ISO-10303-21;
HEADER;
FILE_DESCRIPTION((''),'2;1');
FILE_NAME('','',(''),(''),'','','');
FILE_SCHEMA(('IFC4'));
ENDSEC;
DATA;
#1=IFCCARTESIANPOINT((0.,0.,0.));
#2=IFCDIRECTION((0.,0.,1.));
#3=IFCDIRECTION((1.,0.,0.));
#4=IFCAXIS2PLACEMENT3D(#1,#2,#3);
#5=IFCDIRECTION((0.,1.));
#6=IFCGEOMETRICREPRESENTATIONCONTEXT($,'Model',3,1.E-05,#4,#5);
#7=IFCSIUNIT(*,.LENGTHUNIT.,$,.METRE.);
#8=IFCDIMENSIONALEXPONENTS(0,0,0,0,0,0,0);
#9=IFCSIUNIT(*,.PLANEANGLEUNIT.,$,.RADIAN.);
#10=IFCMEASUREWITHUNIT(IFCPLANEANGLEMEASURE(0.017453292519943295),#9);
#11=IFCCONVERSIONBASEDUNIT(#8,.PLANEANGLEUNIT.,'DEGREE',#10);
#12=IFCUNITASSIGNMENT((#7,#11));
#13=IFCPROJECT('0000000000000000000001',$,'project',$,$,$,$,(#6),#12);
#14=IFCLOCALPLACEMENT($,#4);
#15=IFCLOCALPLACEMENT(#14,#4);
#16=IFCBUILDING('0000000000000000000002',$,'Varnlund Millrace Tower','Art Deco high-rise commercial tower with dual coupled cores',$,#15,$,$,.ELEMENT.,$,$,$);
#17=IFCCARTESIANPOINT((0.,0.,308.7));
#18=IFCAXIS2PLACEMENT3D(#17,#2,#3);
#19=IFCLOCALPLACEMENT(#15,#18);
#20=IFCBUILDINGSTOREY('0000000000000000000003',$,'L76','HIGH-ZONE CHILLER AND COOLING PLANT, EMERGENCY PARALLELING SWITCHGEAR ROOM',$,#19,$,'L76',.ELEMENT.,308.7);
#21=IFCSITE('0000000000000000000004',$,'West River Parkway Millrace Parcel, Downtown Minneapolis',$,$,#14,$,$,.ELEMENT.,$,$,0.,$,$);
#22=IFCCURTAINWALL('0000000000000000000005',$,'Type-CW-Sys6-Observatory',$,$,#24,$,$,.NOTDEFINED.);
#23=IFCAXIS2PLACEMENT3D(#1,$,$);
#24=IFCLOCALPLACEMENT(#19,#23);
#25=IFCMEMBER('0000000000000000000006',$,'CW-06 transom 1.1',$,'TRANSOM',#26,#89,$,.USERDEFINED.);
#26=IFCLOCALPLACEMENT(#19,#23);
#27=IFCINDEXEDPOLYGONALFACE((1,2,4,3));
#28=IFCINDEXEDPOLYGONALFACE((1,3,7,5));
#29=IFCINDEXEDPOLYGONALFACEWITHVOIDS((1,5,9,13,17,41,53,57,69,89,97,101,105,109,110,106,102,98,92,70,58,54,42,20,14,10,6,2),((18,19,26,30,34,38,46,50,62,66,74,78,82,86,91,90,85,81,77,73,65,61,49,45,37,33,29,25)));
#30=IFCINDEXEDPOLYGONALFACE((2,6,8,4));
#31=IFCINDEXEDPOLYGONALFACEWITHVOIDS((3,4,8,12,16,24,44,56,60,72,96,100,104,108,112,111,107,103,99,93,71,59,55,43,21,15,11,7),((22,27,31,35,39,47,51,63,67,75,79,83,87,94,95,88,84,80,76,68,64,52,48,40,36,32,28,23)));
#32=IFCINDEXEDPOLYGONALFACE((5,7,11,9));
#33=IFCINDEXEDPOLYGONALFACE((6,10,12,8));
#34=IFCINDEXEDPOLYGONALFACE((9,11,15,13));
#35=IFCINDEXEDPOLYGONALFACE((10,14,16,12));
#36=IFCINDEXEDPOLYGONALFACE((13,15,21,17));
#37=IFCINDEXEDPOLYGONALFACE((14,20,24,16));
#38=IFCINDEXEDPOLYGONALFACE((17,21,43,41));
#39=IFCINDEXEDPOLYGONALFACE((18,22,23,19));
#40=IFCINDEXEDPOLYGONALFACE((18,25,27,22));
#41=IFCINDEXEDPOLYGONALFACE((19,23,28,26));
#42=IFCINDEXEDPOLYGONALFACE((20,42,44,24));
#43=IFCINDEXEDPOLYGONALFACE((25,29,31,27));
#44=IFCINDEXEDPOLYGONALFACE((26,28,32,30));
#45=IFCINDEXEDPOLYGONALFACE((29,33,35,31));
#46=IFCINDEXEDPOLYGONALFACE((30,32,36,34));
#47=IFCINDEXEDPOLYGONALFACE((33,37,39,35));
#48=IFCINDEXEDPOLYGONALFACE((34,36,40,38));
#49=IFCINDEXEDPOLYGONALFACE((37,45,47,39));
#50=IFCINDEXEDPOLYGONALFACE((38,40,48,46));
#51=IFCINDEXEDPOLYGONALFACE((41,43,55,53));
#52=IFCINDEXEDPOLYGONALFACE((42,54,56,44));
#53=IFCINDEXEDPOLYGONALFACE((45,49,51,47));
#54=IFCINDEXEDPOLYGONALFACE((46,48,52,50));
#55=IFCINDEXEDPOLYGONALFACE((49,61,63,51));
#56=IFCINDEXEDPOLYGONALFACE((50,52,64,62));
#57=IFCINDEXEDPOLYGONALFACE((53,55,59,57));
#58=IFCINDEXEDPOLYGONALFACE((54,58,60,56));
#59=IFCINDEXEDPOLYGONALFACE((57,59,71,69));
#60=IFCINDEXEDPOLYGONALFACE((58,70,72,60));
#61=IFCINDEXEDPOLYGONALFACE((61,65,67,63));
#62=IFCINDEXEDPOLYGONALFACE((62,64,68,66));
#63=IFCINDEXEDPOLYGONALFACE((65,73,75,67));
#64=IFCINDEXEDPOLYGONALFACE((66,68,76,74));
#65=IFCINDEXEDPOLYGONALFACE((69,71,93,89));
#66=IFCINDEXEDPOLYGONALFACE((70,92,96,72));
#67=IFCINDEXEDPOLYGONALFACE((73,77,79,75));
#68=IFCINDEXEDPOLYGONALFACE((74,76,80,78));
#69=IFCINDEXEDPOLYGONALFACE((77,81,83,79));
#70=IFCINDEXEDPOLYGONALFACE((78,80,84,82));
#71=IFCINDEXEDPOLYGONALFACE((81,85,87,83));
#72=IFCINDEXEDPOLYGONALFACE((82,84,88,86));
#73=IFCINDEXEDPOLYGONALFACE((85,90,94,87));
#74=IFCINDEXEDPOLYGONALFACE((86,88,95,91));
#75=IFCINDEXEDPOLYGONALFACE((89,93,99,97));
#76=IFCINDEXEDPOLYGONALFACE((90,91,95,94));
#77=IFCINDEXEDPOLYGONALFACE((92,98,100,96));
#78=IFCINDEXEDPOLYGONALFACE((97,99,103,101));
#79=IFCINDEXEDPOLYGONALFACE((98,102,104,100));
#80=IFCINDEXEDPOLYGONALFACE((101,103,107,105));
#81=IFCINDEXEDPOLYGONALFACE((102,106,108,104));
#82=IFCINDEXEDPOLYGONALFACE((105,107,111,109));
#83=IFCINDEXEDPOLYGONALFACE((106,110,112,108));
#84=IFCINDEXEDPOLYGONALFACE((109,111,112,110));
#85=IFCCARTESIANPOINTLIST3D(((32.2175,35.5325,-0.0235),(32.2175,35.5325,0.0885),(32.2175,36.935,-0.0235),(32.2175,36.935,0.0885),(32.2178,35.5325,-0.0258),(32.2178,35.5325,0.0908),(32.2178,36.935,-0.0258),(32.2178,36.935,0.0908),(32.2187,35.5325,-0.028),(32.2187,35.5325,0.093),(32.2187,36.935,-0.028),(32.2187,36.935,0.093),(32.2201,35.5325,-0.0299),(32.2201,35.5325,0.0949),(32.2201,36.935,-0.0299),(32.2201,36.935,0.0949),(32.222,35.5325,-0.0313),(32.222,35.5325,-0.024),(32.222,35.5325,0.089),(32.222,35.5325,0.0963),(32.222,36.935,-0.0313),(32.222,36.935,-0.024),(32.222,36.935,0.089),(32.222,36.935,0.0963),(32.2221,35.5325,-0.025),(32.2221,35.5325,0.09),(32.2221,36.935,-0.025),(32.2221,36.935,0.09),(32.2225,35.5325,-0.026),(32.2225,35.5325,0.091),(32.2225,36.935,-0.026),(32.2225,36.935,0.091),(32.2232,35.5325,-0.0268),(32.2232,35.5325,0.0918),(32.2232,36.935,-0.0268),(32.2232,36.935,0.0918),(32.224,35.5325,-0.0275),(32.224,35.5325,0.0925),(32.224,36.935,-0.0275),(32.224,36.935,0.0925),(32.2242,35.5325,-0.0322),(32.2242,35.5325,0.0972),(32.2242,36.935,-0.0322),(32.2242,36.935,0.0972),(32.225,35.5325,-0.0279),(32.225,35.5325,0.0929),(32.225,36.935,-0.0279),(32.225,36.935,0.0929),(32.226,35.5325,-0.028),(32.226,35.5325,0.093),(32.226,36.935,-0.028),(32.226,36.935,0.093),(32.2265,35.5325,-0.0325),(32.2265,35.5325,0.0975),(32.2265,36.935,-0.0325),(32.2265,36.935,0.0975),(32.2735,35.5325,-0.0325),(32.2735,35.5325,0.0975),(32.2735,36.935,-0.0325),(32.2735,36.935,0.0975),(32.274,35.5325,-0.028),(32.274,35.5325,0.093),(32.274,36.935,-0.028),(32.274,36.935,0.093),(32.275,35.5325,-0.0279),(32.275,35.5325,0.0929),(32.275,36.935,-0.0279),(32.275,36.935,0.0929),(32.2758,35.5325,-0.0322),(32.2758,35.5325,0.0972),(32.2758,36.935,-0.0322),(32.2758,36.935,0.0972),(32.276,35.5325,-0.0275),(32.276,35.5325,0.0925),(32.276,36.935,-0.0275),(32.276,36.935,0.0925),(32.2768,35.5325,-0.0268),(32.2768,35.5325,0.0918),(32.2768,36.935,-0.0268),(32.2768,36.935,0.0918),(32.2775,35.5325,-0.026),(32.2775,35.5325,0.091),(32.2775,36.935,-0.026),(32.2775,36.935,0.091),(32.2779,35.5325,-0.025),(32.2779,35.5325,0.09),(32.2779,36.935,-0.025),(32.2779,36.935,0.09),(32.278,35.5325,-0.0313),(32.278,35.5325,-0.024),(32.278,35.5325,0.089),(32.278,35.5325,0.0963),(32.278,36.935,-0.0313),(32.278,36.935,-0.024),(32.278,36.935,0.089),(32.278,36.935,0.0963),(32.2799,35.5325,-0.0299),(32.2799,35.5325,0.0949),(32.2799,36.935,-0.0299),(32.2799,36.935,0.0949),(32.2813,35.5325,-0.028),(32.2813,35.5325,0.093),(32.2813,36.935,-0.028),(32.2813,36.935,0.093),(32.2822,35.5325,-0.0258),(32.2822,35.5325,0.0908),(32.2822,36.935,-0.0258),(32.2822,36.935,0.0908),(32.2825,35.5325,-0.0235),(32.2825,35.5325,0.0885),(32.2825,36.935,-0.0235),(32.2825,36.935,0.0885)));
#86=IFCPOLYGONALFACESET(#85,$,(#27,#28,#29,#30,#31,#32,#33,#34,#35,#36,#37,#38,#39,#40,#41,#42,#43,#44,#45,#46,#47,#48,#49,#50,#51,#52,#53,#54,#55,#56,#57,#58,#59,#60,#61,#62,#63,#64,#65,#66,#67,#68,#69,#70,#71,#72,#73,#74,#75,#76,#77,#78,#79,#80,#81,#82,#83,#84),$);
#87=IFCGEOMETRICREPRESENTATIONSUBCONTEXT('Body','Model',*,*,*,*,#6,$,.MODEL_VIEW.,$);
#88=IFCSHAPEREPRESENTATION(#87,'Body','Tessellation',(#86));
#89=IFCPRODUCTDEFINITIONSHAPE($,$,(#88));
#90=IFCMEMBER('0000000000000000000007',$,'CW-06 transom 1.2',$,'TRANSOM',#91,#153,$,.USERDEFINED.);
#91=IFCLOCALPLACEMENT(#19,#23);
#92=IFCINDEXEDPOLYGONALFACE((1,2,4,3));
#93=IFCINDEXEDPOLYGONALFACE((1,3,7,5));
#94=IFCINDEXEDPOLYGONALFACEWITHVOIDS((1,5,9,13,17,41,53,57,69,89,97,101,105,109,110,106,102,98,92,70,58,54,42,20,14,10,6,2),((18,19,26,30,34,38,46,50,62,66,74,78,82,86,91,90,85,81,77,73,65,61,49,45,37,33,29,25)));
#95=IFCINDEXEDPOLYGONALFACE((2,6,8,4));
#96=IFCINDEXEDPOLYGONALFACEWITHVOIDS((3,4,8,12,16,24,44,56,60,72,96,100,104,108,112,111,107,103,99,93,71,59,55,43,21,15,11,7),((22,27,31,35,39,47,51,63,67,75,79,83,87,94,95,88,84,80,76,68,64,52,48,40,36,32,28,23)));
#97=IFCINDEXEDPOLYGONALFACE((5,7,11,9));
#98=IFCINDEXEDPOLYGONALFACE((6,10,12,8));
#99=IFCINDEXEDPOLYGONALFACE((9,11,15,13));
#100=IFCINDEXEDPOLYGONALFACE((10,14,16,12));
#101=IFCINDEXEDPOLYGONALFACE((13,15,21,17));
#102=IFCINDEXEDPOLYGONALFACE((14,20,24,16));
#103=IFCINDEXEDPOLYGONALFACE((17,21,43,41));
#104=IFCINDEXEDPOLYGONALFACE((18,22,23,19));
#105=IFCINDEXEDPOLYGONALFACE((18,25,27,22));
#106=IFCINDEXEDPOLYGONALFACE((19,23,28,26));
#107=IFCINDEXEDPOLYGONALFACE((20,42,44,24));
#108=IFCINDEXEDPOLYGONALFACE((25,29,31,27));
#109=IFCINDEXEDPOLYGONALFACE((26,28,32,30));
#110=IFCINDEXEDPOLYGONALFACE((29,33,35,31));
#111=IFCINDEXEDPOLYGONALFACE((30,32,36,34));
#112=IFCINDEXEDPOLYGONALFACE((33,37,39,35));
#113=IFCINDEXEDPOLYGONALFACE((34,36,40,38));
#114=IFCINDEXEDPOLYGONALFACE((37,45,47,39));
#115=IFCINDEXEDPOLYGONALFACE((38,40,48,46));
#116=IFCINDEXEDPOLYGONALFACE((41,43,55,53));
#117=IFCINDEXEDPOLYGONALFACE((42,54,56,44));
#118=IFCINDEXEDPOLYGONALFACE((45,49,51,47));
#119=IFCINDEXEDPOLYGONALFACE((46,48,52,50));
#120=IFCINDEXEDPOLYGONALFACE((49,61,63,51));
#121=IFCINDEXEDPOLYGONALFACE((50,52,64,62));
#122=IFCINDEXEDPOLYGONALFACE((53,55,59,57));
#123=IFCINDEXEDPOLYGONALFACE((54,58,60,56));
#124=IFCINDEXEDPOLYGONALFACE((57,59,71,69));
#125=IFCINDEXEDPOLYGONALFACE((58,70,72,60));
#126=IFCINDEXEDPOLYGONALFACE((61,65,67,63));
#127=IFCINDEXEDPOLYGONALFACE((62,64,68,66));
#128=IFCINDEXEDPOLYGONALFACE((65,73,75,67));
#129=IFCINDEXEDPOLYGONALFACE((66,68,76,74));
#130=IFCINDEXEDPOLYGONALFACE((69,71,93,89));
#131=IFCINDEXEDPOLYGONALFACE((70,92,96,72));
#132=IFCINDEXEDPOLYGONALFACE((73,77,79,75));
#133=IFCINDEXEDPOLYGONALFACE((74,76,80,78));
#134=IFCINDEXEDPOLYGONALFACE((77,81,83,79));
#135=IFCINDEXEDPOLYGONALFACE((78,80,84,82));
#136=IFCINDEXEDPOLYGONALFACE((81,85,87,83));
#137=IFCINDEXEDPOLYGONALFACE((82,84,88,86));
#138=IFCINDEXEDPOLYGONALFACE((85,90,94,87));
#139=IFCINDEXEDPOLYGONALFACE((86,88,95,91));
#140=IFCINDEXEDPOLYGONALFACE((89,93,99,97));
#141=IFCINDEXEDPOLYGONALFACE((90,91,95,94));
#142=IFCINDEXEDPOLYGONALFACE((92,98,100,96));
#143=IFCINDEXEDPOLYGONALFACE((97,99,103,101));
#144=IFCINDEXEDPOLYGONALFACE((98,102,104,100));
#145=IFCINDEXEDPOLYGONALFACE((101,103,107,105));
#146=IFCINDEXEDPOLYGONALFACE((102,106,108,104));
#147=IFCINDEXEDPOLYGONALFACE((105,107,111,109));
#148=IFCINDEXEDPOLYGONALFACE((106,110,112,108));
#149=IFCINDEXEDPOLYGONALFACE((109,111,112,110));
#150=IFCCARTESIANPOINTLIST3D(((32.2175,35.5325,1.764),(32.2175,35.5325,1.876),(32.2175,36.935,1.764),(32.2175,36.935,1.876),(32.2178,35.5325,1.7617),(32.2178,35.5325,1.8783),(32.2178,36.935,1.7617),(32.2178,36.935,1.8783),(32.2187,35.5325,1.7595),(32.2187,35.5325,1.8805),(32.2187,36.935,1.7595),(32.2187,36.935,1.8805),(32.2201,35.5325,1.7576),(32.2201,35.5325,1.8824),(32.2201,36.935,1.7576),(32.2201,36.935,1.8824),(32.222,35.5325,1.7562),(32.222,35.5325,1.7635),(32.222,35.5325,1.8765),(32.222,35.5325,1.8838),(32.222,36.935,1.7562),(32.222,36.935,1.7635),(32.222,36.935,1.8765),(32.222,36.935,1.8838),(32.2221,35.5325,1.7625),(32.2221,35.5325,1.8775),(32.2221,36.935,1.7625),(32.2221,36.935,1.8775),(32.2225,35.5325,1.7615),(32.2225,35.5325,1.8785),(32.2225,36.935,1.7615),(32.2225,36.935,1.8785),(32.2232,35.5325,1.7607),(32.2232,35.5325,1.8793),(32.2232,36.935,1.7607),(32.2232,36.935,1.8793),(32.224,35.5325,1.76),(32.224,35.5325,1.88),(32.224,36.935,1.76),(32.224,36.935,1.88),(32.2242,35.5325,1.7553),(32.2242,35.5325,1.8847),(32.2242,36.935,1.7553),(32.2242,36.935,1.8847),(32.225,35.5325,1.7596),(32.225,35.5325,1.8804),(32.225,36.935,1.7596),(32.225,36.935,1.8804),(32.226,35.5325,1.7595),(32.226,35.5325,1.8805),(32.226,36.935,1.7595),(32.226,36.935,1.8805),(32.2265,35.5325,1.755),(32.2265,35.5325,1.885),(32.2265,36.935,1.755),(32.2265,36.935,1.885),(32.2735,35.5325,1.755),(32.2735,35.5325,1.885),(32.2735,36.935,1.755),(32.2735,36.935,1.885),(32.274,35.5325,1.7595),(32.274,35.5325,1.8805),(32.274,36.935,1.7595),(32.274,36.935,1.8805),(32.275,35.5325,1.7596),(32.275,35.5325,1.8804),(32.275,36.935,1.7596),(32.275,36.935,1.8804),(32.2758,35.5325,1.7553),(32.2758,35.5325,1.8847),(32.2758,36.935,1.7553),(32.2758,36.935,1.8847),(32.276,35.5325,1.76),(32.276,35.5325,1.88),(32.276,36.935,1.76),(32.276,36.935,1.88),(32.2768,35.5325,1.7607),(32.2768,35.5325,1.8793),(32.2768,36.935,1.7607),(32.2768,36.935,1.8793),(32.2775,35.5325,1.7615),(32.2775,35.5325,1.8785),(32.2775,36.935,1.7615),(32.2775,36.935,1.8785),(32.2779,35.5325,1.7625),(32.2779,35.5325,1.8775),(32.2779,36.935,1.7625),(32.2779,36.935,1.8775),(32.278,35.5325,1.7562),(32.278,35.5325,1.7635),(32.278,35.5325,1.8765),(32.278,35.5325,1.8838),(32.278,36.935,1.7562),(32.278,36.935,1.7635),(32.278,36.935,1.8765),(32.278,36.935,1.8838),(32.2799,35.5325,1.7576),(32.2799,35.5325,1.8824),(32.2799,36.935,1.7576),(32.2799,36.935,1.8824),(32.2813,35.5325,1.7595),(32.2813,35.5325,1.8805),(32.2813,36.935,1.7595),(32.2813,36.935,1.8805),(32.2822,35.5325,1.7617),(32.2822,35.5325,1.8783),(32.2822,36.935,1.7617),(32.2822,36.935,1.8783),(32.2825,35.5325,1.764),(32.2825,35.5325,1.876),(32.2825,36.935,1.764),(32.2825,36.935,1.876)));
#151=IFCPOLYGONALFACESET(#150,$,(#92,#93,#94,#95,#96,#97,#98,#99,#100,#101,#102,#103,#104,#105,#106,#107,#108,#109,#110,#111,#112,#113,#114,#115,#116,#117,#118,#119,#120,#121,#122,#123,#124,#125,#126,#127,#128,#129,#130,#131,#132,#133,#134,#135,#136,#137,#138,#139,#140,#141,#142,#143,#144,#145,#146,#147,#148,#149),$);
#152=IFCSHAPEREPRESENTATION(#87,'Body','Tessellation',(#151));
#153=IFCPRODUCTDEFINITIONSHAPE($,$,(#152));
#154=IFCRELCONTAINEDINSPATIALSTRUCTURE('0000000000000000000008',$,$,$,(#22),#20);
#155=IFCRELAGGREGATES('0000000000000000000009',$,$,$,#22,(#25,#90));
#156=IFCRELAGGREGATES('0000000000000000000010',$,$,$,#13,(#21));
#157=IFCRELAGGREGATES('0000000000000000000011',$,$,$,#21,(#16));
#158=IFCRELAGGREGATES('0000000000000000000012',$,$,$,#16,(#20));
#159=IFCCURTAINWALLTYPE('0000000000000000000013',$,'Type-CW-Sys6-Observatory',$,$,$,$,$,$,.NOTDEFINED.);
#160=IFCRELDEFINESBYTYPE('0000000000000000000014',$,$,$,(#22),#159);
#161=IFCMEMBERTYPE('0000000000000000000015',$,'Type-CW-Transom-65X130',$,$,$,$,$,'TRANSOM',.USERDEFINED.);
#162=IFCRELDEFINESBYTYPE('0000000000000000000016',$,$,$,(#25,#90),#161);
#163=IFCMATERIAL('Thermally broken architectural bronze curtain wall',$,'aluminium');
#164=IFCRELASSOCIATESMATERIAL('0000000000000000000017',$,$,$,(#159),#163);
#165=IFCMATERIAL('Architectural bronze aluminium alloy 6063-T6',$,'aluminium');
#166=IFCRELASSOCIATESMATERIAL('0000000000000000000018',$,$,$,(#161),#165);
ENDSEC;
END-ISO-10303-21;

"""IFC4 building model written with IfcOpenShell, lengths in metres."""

from ifc_helpers import new_model, entity, si_unit, converted_unit, direction, frame, origin_with_axes, origin_2d_with_axis, place, context, subcontext, project, spatial, hollow_rectangle, extrude, material, material_profile, profile_set, type_object, element, aggregate, save


model = new_model("IFC4")

# Units and contexts
model_context = context("Model", 3, precision=1e-05, world=origin_with_axes(), true_north=direction((0.0, 1.0)))
body_context = subcontext(model_context, "Body", "Model", "MODEL_VIEW")
ifc_project = project(units=[si_unit("LENGTHUNIT", "METRE"), converted_unit("PLANEANGLEUNIT", "DEGREE", entity("IfcPlaneAngleMeasure", 0.017453292519943295), si_unit("PLANEANGLEUNIT", "RADIAN"), dimensions=[0, 0, 0, 0, 0, 0, 0])], contexts=[model_context])

# Site, building, storey
site_placement = place(None, origin_with_axes())
site = spatial("IfcSite", under=ifc_project, at=site_placement, Name="West River Parkway Millrace Parcel, Downtown Minneapolis", CompositionType="ELEMENT", RefElevation=0.0)
building_placement = place(site_placement, origin_with_axes())
building = spatial("IfcBuilding", under=site, at=building_placement, Name="Varnlund Millrace Tower", Description="Art Deco high-rise commercial tower with dual coupled cores", CompositionType="ELEMENT")
storey_placement = place(building_placement, frame((0.0, 0.0, 308.7), z_axis=(0.0, 0.0, 1.0), x_axis=(1.0, 0.0, 0.0)))
storey = spatial("IfcBuildingStorey", under=building, at=storey_placement, Name="L76", Description="HIGH-ZONE CHILLER AND COOLING PLANT, EMERGENCY PARALLELING SWITCHGEAR ROOM", LongName="L76", CompositionType="ELEMENT", Elevation=308.7)

# Curtain wall, members
ifc_material_1 = material(Name="Thermally broken architectural bronze curtain wall", Category="aluminium")
curtain_wall_type = type_object("IfcCurtainWallType", Name="Type-CW-Sys6-Observatory", PredefinedType="NOTDEFINED", material=ifc_material_1)
curtain_wall_1_placement = place(storey_placement, frame((32.25, 37.0, 0.0), z_axis=(0.0, 0.0, 1.0), x_axis=(1.0, 0.0, 0.0)))
curtain_wall_1 = element("IfcCurtainWall", 1, at=curtain_wall_1_placement, inside=storey, type_object=curtain_wall_type, Name="Type-CW-Sys6-Observatory", PredefinedType="NOTDEFINED")
ifc_material_2 = material(Name="Architectural bronze aluminium alloy 6063-T6", Category="aluminium")
ifc_material_profile_1 = material_profile(ifc_material_2, hollow_rectangle(XDim=0.065, YDim=0.13, WallThickness=0.0045, InnerFilletRadius=0.004, OuterFilletRadius=0.009, at=origin_2d_with_axis()), Name="Architectural bronze aluminium alloy 6063-T6")
ifc_profile_set_1 = profile_set([ifc_material_profile_1], Name="Architectural bronze aluminium alloy 6063-T6")
member_type = type_object("IfcMemberType", Name="Type-CW-Transom-65X130", ElementType="TRANSOM", PredefinedType="USERDEFINED", material=ifc_profile_set_1)
member_1_placement = place(storey_placement, frame((32.25, 36.935, 0.0325), z_axis=(0.0, -1.0, 0.0), x_axis=(1.0, 0.0, 0.0)))
member_1 = element("IfcMember", 2, at=member_1_placement, type_object=member_type, Name="CW-06 transom 1.1", ObjectType="TRANSOM", PredefinedType="USERDEFINED", context=body_context, shape_type="SweptSolid", body=[
    extrude(hollow_rectangle(XDim=0.065, YDim=0.13, WallThickness=0.0045, InnerFilletRadius=0.004, OuterFilletRadius=0.009, at=origin_2d_with_axis()), origin_with_axes(), (0.0, 0.0, 1.0), 1.4025),
])
member_2_placement = place(storey_placement, frame((32.25, 36.935, 1.82), z_axis=(0.0, -1.0, 0.0), x_axis=(1.0, 0.0, 0.0)))
member_2 = element("IfcMember", 3, at=member_2_placement, type_object=member_type, Name="CW-06 transom 1.2", ObjectType="TRANSOM", PredefinedType="USERDEFINED", context=body_context, shape_type="SweptSolid", body=[
    extrude(hollow_rectangle(XDim=0.065, YDim=0.13, WallThickness=0.0045, InnerFilletRadius=0.004, OuterFilletRadius=0.009, at=origin_2d_with_axis()), origin_with_axes(), (0.0, 0.0, 1.0), 1.4025),
])

aggregate(curtain_wall_1, [member_1, member_2])

save(model, "model.ifc")
